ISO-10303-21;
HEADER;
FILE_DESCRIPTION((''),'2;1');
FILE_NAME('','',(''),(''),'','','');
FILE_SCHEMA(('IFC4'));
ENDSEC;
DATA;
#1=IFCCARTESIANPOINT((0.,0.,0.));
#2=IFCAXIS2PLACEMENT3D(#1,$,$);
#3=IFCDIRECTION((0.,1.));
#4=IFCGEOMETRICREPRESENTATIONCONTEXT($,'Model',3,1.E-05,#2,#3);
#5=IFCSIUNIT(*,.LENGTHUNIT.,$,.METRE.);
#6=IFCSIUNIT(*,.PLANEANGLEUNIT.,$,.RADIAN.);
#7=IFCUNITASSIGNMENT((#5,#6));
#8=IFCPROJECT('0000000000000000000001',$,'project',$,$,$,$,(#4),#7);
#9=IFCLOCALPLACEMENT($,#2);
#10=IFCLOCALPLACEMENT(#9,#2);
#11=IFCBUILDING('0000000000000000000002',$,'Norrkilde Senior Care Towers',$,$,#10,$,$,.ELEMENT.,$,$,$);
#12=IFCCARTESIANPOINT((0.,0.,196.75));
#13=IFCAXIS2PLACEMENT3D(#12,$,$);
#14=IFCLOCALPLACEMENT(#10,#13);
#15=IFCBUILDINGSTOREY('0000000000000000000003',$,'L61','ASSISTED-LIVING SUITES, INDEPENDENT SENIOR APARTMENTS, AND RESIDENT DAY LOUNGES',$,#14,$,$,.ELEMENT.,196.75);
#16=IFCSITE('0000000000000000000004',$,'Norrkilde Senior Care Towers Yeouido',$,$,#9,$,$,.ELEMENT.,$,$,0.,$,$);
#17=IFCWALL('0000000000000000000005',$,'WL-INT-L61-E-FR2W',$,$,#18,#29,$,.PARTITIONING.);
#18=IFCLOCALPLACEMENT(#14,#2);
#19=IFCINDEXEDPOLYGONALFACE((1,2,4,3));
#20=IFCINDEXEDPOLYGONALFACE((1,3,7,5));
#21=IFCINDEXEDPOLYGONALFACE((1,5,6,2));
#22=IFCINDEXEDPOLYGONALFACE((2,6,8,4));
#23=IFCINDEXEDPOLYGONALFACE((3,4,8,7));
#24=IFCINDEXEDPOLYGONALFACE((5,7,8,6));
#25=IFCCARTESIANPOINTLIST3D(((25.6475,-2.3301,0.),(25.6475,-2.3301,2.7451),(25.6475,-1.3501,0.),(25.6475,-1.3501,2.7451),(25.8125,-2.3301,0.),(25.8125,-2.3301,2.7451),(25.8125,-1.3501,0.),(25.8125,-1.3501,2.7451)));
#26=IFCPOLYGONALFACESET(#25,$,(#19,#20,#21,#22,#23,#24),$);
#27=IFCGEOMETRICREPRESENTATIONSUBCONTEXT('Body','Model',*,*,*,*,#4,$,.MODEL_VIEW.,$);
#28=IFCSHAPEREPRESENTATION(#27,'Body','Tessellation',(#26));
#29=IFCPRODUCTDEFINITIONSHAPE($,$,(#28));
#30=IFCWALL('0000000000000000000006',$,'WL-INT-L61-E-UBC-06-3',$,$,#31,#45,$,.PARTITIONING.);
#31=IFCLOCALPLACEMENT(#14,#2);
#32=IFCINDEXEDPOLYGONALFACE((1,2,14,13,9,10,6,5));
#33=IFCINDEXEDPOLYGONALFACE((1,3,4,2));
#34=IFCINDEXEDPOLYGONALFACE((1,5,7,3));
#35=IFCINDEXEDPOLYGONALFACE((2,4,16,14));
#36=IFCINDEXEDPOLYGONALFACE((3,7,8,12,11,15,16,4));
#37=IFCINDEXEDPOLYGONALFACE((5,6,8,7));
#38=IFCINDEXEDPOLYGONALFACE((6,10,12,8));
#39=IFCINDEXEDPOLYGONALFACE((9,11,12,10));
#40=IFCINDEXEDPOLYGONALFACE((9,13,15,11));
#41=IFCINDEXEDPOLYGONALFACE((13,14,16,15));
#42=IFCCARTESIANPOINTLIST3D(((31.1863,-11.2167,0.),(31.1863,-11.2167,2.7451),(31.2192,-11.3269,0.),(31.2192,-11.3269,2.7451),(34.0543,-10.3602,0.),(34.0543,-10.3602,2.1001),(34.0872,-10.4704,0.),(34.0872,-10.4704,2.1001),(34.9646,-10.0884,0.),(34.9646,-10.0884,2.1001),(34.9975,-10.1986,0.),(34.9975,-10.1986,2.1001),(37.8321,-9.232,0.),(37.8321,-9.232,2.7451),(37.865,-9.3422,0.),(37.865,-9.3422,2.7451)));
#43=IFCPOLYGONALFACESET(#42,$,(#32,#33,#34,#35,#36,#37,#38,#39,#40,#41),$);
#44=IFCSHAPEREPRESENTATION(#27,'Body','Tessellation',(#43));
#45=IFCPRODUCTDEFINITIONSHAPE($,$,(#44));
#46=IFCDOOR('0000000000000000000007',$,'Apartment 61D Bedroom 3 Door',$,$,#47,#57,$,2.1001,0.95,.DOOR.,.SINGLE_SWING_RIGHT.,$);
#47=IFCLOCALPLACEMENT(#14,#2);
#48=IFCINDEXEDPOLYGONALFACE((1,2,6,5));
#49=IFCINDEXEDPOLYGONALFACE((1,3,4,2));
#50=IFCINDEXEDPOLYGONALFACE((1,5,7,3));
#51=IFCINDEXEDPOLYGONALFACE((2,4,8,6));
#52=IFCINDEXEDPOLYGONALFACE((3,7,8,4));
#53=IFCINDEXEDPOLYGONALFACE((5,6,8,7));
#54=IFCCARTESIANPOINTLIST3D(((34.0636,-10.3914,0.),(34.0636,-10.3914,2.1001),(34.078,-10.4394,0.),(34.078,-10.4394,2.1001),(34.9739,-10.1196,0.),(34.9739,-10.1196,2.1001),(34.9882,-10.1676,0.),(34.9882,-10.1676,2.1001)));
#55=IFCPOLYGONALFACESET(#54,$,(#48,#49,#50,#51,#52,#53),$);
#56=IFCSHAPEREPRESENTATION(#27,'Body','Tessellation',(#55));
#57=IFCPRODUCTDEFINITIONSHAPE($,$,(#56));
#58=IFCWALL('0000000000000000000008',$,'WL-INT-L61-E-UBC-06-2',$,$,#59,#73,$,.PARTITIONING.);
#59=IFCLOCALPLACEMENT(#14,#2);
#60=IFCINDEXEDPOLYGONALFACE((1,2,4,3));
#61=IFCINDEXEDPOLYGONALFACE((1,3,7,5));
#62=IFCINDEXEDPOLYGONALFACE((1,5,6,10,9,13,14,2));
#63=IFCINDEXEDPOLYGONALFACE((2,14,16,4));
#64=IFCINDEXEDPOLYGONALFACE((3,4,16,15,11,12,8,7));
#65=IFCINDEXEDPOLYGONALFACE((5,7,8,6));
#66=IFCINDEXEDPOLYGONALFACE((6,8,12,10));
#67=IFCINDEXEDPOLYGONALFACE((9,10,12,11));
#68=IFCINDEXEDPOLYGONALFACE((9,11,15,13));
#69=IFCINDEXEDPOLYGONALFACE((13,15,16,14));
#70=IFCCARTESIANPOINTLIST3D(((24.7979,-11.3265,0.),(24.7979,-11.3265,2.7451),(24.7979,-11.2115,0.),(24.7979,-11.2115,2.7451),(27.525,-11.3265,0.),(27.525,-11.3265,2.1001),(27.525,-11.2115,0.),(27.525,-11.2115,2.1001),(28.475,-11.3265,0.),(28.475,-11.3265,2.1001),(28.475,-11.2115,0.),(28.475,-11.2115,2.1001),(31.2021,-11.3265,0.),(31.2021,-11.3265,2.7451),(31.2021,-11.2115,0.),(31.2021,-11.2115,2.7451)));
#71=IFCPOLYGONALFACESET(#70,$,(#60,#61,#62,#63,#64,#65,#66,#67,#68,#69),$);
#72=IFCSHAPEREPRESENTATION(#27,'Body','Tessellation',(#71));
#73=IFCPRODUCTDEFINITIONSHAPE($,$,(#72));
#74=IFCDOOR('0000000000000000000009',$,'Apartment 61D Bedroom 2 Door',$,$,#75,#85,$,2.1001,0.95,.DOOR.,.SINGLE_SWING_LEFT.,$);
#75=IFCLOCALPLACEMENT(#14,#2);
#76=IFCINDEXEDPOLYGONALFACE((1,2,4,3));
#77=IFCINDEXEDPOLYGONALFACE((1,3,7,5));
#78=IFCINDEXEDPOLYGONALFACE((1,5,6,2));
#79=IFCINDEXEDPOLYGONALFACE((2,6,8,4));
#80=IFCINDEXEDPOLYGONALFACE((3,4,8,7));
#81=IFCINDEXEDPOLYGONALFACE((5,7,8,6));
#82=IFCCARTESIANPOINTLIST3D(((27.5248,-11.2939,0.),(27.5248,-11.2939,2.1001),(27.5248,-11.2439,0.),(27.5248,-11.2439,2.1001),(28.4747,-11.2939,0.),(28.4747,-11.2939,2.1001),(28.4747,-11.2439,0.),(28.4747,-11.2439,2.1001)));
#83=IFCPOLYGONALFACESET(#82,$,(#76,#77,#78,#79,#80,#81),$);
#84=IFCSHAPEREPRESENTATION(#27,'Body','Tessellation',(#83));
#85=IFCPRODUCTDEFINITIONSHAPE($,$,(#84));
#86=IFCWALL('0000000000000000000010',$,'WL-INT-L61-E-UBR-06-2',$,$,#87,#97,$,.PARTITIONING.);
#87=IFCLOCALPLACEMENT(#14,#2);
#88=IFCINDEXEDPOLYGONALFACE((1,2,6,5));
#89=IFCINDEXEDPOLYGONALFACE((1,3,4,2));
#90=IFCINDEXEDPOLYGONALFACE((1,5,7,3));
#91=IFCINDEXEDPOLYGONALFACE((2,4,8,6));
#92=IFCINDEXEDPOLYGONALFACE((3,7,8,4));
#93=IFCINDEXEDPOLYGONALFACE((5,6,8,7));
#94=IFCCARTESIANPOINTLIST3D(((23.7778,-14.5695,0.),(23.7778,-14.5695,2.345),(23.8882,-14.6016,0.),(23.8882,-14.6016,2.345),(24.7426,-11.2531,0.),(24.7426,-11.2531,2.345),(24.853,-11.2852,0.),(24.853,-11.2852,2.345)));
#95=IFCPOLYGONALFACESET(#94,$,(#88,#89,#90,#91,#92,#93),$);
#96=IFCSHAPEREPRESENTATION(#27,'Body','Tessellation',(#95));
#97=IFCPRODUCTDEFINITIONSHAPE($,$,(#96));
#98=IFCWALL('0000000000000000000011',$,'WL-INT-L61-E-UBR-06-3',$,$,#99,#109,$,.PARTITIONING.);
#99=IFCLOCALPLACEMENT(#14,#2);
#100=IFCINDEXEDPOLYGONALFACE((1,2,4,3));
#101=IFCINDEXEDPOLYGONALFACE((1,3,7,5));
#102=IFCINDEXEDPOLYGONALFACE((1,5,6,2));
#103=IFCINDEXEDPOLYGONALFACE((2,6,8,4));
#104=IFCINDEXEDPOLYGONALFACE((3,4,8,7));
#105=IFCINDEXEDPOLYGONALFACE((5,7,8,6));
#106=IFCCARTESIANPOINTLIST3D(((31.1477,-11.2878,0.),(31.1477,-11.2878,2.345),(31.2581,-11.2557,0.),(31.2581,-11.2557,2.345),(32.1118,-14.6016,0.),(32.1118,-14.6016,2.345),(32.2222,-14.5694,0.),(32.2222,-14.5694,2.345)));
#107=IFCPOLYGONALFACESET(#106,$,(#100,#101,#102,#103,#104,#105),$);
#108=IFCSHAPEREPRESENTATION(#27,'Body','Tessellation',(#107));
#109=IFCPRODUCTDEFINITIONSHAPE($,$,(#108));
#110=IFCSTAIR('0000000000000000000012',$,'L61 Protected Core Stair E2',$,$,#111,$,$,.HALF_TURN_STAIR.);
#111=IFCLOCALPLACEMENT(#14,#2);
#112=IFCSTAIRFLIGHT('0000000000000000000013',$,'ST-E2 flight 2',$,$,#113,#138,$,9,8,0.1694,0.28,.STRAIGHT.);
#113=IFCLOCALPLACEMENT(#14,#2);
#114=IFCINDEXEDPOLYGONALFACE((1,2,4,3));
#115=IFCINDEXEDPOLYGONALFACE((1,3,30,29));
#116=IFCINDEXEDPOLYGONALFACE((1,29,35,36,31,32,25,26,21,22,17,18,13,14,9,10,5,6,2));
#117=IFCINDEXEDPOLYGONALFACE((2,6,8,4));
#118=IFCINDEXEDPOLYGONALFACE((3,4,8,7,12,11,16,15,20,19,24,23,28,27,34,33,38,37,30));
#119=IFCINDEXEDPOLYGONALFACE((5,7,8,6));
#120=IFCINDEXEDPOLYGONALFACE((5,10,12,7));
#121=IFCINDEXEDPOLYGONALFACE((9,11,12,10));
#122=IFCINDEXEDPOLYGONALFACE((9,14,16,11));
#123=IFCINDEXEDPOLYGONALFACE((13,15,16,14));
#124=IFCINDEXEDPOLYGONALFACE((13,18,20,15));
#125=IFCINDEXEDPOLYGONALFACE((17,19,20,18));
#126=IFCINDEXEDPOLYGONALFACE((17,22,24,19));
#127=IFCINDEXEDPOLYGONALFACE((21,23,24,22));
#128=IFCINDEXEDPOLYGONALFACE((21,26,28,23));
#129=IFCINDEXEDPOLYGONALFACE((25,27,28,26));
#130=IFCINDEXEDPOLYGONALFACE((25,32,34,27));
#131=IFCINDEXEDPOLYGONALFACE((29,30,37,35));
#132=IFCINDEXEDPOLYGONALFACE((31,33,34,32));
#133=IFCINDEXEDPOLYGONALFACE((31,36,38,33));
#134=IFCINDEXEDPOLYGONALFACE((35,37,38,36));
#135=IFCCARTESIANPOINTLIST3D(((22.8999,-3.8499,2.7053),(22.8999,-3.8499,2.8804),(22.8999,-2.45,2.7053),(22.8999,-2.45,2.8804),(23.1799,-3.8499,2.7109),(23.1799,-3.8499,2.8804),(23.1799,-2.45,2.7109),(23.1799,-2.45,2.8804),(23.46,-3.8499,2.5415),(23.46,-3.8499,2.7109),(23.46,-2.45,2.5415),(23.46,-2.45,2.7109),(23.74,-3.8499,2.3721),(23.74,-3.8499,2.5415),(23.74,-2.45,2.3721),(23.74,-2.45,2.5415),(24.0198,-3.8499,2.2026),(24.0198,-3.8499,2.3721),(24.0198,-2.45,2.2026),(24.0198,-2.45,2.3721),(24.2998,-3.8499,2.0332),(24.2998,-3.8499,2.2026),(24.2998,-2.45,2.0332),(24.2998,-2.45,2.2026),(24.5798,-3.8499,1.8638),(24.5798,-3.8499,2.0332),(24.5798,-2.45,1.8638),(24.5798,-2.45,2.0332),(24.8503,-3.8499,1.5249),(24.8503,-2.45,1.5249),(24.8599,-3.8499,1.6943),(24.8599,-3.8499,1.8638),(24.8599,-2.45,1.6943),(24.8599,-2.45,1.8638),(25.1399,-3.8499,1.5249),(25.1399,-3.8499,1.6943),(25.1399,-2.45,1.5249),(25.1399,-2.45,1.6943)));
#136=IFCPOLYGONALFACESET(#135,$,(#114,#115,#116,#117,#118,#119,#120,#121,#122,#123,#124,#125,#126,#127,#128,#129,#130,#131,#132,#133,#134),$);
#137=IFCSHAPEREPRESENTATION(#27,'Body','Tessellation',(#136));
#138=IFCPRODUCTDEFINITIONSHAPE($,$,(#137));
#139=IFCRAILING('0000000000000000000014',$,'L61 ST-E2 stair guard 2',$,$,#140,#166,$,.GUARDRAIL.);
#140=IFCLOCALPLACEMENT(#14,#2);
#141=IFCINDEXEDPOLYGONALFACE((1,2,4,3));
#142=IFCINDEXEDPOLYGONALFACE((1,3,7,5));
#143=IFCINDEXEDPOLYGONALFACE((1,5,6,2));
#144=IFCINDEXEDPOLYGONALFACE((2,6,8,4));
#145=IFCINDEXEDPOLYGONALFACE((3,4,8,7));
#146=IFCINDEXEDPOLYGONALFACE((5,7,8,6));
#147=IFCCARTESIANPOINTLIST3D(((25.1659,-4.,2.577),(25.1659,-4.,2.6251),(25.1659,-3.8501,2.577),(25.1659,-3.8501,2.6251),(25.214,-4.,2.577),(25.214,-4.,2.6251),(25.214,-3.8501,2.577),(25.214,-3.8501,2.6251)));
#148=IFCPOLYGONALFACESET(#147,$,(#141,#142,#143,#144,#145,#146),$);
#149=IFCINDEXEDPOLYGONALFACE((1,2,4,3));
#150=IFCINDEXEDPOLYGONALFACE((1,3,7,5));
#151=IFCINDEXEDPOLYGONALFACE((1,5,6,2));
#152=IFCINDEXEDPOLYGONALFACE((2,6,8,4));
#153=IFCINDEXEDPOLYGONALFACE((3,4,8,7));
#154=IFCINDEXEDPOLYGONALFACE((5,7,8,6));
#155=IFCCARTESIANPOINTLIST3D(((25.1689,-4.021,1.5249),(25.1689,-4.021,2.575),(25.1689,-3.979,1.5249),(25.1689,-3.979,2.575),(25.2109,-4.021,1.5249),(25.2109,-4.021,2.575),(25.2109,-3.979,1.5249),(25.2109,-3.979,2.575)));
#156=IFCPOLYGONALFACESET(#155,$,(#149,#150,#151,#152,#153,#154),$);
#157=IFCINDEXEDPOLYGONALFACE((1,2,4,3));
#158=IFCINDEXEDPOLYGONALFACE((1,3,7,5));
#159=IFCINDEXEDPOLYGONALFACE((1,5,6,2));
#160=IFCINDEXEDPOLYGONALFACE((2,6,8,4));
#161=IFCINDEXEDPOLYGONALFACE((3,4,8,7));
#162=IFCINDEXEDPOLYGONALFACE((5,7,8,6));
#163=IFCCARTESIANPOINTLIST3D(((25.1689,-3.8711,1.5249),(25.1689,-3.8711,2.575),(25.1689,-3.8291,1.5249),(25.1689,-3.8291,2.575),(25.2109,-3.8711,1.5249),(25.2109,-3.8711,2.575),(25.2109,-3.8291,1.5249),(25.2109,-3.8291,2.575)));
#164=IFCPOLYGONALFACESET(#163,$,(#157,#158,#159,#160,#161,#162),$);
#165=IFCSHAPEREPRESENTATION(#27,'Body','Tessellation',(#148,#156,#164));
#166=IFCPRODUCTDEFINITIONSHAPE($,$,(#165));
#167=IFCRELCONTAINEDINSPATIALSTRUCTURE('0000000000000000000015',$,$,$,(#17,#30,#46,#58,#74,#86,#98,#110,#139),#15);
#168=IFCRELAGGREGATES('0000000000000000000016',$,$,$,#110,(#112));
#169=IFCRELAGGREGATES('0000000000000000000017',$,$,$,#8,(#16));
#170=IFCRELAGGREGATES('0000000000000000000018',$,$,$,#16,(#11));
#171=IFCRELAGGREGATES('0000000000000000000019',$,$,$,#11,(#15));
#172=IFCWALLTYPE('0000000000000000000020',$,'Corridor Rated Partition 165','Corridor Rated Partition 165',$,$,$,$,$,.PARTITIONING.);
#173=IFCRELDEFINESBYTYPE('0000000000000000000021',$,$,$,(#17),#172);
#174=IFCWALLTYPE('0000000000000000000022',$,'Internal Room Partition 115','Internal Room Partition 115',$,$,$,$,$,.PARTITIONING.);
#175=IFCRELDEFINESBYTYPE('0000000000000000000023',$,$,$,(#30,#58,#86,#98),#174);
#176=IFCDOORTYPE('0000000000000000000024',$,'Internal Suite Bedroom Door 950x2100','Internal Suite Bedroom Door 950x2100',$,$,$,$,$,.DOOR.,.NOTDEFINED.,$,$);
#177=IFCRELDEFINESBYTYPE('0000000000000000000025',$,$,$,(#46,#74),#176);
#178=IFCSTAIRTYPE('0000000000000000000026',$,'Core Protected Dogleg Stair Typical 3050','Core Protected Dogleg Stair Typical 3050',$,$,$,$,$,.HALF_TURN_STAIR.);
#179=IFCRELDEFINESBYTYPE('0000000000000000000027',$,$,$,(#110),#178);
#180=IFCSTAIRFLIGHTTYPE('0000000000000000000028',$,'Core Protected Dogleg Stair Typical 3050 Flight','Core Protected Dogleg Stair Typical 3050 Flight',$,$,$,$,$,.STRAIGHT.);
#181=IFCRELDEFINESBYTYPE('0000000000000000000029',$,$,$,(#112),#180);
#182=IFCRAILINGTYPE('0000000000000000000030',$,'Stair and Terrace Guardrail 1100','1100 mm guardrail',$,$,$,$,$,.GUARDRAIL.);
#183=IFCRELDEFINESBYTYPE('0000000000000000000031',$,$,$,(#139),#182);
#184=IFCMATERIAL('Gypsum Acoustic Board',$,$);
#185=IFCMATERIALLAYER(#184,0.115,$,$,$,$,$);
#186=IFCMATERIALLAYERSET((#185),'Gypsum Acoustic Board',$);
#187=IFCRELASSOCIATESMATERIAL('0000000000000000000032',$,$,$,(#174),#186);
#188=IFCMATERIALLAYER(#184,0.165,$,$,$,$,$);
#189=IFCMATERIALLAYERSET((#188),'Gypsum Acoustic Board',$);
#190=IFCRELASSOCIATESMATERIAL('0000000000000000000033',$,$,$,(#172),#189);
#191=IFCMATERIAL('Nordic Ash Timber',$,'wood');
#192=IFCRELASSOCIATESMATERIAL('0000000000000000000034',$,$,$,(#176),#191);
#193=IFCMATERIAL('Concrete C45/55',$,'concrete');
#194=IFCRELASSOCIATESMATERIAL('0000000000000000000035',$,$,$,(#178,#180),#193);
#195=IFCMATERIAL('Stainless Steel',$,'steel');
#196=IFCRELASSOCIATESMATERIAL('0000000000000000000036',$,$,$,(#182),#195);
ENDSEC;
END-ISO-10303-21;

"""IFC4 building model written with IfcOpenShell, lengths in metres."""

from ifc_helpers import new_model, si_unit, direction, frame, frame_2d, origin, origin_2d, place, context, subcontext, project, spatial, polyline, rectangle, outline, extrude, source, transform, mapped, material, layer, layer_set, type_object, type_shapes, element, fill, aggregate, save


model = new_model("IFC4")

# Units and contexts
model_context = context("Model", 3, precision=1e-05, world=origin(), true_north=direction((0.0, 1.0)))
body_context = subcontext(model_context, "Body", "Model", "MODEL_VIEW")
ifc_project = project(units=[si_unit("LENGTHUNIT", "METRE"), si_unit("PLANEANGLEUNIT", "RADIAN")], contexts=[model_context])

# Site, building, storey
site_placement = place(None, origin())
site = spatial("IfcSite", under=ifc_project, at=site_placement, Name="Norrkilde Senior Care Towers Yeouido", CompositionType="ELEMENT", RefElevation=0.0)
building_placement = place(site_placement, origin())
building = spatial("IfcBuilding", under=site, at=building_placement, Name="Norrkilde Senior Care Towers", CompositionType="ELEMENT")
storey_placement = place(building_placement, frame((0.0, 0.0, 196.75)))
storey = spatial("IfcBuildingStorey", under=building, at=storey_placement, Name="L61", Description="ASSISTED-LIVING SUITES, INDEPENDENT SENIOR APARTMENTS, AND RESIDENT DAY LOUNGES", CompositionType="ELEMENT", Elevation=196.75)

# Shared definitions
ifc_material_1 = material(Name="Concrete C45/55", Category="concrete")
ifc_material_2 = material(Name="Gypsum Acoustic Board")
ifc_layer_1 = layer(ifc_material_2, 0.115)
ifc_layer_set_1 = layer_set([ifc_layer_1], Name="Gypsum Acoustic Board")
wall_type_1 = type_object("IfcWallType", Name="Internal Room Partition 115", Description="Internal Room Partition 115", PredefinedType="PARTITIONING", material=ifc_layer_set_1)

# Shared definitions
ifc_material_3 = material(Name="Stainless Steel", Category="steel")

# Shared definitions
ifc_layer_2 = layer(ifc_material_2, 0.165)
ifc_layer_set_2 = layer_set([ifc_layer_2], Name="Gypsum Acoustic Board")
wall_type_2 = type_object("IfcWallType", Name="Corridor Rated Partition 165", Description="Corridor Rated Partition 165", PredefinedType="PARTITIONING", material=ifc_layer_set_2)

# Wall
shared_shape_1 = source(origin(), body_context, "Body", "SweptSolid", [
    extrude(rectangle(XDim=0.98, YDim=0.165, at=frame_2d((0.49, 0.0))), origin(), (0.0, 0.0, 1.0), 2.7451),
])
wall_1_placement = place(storey_placement, frame((25.73, -2.3301, 0.0), z_axis=(0.0, 0.0, 1.0), x_axis=(0.0, 1.0, 0.0)))
element("IfcWall", 1, at=wall_1_placement, inside=storey, type_object=wall_type_2, Name="WL-INT-L61-E-FR2W", PredefinedType="PARTITIONING", context=body_context, shape_type="MappedRepresentation", body=[
    mapped(shared_shape_1, transform((0.0, 0.0, 0.0), x_axis=(1.0, 0.0, 0.0), y_axis=(0.0, 1.0, 0.0), z_axis=(0.0, 0.0, 1.0), scale=1.0)),
])

# Walls, openings, doors
shared_shape_2 = source(origin(), body_context, "Body", "SweptSolid", [
    extrude(rectangle(XDim=6.9358, YDim=0.115, at=frame_2d((3.4678, 0.0))), origin(), (0.0, 0.0, 1.0), 2.7451),
])
wall_2_placement = place(storey_placement, frame((31.2029, -11.2717, 0.0), z_axis=(0.0, 0.0, 1.0), x_axis=(0.958187, 0.286143, 0.0)))
wall_2 = element("IfcWall", 2, at=wall_2_placement, inside=storey, type_object=wall_type_1, Name="WL-INT-L61-E-UBC-06-3", PredefinedType="PARTITIONING", context=body_context, shape_type="MappedRepresentation", body=[
    mapped(shared_shape_2, transform((0.0, 0.0, 0.0), x_axis=(1.0, 0.0, 0.0), y_axis=(0.0, 1.0, 0.0), z_axis=(0.0, 0.0, 1.0), scale=1.0)),
])
opening_1_placement = place(wall_2_placement, frame((2.9929, 0.0, 0.0)))
opening_1 = element("IfcOpeningElement", 3, at=opening_1_placement, cuts=wall_2, PredefinedType="OPENING", context=body_context, shape_type="SweptSolid", body=[
    extrude(rectangle(XDim=0.95, YDim=2.1001, at=frame_2d((0.4751, 1.05))), frame((0.0, 0.0674, 0.0), z_axis=(0.0, -1.0, 0.0), x_axis=(1.0, 0.0, 0.0)), (0.0, 0.0, 1.0), 0.135),
])
ifc_material_4 = material(Name="Nordic Ash Timber", Category="wood")
door_type_1 = type_object("IfcDoorType", Name="Internal Suite Bedroom Door 950x2100", Description="Internal Suite Bedroom Door 950x2100", OperationType="NOTDEFINED", PredefinedType="DOOR", material=ifc_material_4)
shared_shape_3 = source(origin(), body_context, "Body", "SweptSolid", [
    extrude(rectangle(XDim=0.95, YDim=2.1001, at=frame_2d((0.4751, 1.05))), frame((0.0, 0.0249, 0.0), z_axis=(0.0, -1.0, 0.0), x_axis=(1.0, 0.0, 0.0)), (0.0, 0.0, 1.0), 0.05),
])
type_shapes(door_type_1, [shared_shape_3])
door_1_placement = place(opening_1_placement, origin())
door_1 = element("IfcDoor", 4, at=door_1_placement, inside=storey, type_object=door_type_1, Name="Apartment 61D Bedroom 3 Door", OperationType="SINGLE_SWING_RIGHT", OverallHeight=2.1001, OverallWidth=0.95, PredefinedType="DOOR", context=body_context, shape_type="MappedRepresentation", body=[
    mapped(shared_shape_3, transform((0.0, 0.0, 0.0), x_axis=(1.0, 0.0, 0.0), y_axis=(0.0, 1.0, 0.0), z_axis=(0.0, 0.0, 1.0), scale=1.0)),
])
fill(opening_1, door_1)
shared_shape_4 = source(origin(), body_context, "Body", "SweptSolid", [
    extrude(rectangle(XDim=6.4043, YDim=0.115, at=frame_2d((3.2021, 0.0))), origin(), (0.0, 0.0, 1.0), 2.7451),
])
wall_3_placement = place(storey_placement, frame((24.7979, -11.269, 0.0), z_axis=(0.0, 0.0, 1.0), x_axis=(1.0, 0.0, 0.0)))
wall_3 = element("IfcWall", 5, at=wall_3_placement, inside=storey, type_object=wall_type_1, Name="WL-INT-L61-E-UBC-06-2", PredefinedType="PARTITIONING", context=body_context, shape_type="MappedRepresentation", body=[
    mapped(shared_shape_4, transform((0.0, 0.0, 0.0), x_axis=(1.0, 0.0, 0.0), y_axis=(0.0, 1.0, 0.0), z_axis=(0.0, 0.0, 1.0), scale=1.0)),
])
opening_2_placement = place(wall_3_placement, frame((2.7271, 0.0, 0.0)))
opening_2 = element("IfcOpeningElement", 6, at=opening_2_placement, cuts=wall_3, PredefinedType="OPENING", context=body_context, shape_type="SweptSolid", body=[
    extrude(rectangle(XDim=0.95, YDim=2.1001, at=frame_2d((0.4751, 1.05))), frame((0.0, 0.0674, 0.0), z_axis=(0.0, -1.0, 0.0), x_axis=(1.0, 0.0, 0.0)), (0.0, 0.0, 1.0), 0.135),
])
door_2_placement = place(opening_2_placement, frame((0.95, 0.0, 0.0), z_axis=(0.0, 0.0, 1.0), x_axis=(-1.0, 0.0, 0.0)))
door_2 = element("IfcDoor", 7, at=door_2_placement, inside=storey, type_object=door_type_1, Name="Apartment 61D Bedroom 2 Door", OperationType="SINGLE_SWING_LEFT", OverallHeight=2.1001, OverallWidth=0.95, PredefinedType="DOOR", context=body_context, shape_type="MappedRepresentation", body=[
    mapped(shared_shape_3, transform((0.0, 0.0, 0.0), x_axis=(1.0, 0.0, 0.0), y_axis=(0.0, 1.0, 0.0), z_axis=(0.0, 0.0, 1.0), scale=1.0)),
])
fill(opening_2, door_2)

# Walls
shared_shape_5 = source(origin(), body_context, "Body", "SweptSolid", [
    extrude(rectangle(XDim=3.4539, YDim=0.115, at=frame_2d((1.7271, 0.0))), origin(), (0.0, 0.0, 1.0), 2.345),
])
wall_4_placement = place(storey_placement, frame((24.7979, -11.269, 0.0), z_axis=(0.0, 0.0, 1.0), x_axis=(-0.279348, -0.96019, 0.0)))
element("IfcWall", 8, at=wall_4_placement, inside=storey, type_object=wall_type_1, Name="WL-INT-L61-E-UBR-06-2", PredefinedType="PARTITIONING", context=body_context, shape_type="MappedRepresentation", body=[
    mapped(shared_shape_5, transform((0.0, 0.0, 0.0), x_axis=(1.0, 0.0, 0.0), y_axis=(0.0, 1.0, 0.0), z_axis=(0.0, 0.0, 1.0), scale=1.0)),
])
shared_shape_6 = source(origin(), body_context, "Body", "SweptSolid", [
    extrude(rectangle(XDim=3.4512, YDim=0.115, at=frame_2d((1.7256, 0.0))), origin(), (0.0, 0.0, 1.0), 2.345),
])
wall_5_placement = place(storey_placement, frame((31.2029, -11.2717, 0.0), z_axis=(0.0, 0.0, 1.0), x_axis=(0.279362, -0.960186, 0.0)))
element("IfcWall", 9, at=wall_5_placement, inside=storey, type_object=wall_type_1, Name="WL-INT-L61-E-UBR-06-3", PredefinedType="PARTITIONING", context=body_context, shape_type="MappedRepresentation", body=[
    mapped(shared_shape_6, transform((0.0, 0.0, 0.0), x_axis=(1.0, 0.0, 0.0), y_axis=(0.0, 1.0, 0.0), z_axis=(0.0, 0.0, 1.0), scale=1.0)),
])

# Stair, stair flight
stair_type = type_object("IfcStairType", Name="Core Protected Dogleg Stair Typical 3050", Description="Core Protected Dogleg Stair Typical 3050", PredefinedType="HALF_TURN_STAIR", material=ifc_material_1)
stair_placement = place(storey_placement, origin())
stair = element("IfcStair", 10, at=stair_placement, inside=storey, type_object=stair_type, Name="L61 Protected Core Stair E2", PredefinedType="HALF_TURN_STAIR")
stair_flight_type = type_object("IfcStairFlightType", Name="Core Protected Dogleg Stair Typical 3050 Flight", Description="Core Protected Dogleg Stair Typical 3050 Flight", PredefinedType="STRAIGHT", material=ifc_material_1)
stair_flight_placement = place(storey_placement, frame((25.1399, -3.1499, 1.5249), z_axis=(0.0, 0.0, 1.0), x_axis=(-1.0, 0.0, 0.0)))
stair_flight = element("IfcStairFlight", 11, at=stair_flight_placement, type_object=stair_flight_type, Name="ST-E2 flight 2", NumberOfRisers=9, NumberOfTreads=8, PredefinedType="STRAIGHT", RiserHeight=0.1694, TreadLength=0.28, context=body_context, shape_type="SweptSolid", body=[
    extrude(outline(polyline([(0.0, 0.0), (0.0, 0.1694), (0.28, 0.1694), (0.28, 0.3389), (0.5601, 0.3389), (0.5601, 0.5083), (0.8401, 0.5083), (0.8401, 0.6777), (1.1201, 0.6777), (1.1201, 0.8472), (1.3999, 0.8472), (1.3999, 1.0166), (1.6799, 1.0166), (1.6799, 1.186), (1.96, 1.186), (1.96, 1.3555), (2.24, 1.3555), (2.24, 1.5249), (2.24, 1.1804), (0.2896, 0.0), (0.0, 0.0)])), frame((0.0, 0.7, 0.0), z_axis=(0.0, -1.0, 0.0), x_axis=(1.0, 0.0, 0.0)), (0.0, 0.0, 1.0), 1.3999),
])
aggregate(stair, [stair_flight])

# Railing
railing_type_1 = type_object("IfcRailingType", Name="Stair and Terrace Guardrail 1100", Description="1100 mm guardrail", PredefinedType="GUARDRAIL", material=ifc_material_3)
railing_1_placement = place(storey_placement, frame((25.1899, -4.0, 1.5249)))
element("IfcRailing", 12, at=railing_1_placement, inside=storey, type_object=railing_type_1, Name="L61 ST-E2 stair guard 2", PredefinedType="GUARDRAIL", context=body_context, shape_type="SweptSolid", body=[
    extrude(rectangle(XDim=0.0481, YDim=0.0481, at=origin_2d()), frame((0.0, 0.0, 1.0762), z_axis=(0.0, 1.0, 0.0), x_axis=(-1.0, 0.0, 0.0)), (0.0, 0.0, 1.0), 0.1499),
    extrude(rectangle(XDim=0.042, YDim=0.042, at=origin_2d()), origin(), (0.0, 0.0, 1.0), 1.05),
    extrude(rectangle(XDim=0.042, YDim=0.042, at=origin_2d()), frame((0.0, 0.1499, 0.0)), (0.0, 0.0, 1.0), 1.05),
])

save(model, "model.ifc")
